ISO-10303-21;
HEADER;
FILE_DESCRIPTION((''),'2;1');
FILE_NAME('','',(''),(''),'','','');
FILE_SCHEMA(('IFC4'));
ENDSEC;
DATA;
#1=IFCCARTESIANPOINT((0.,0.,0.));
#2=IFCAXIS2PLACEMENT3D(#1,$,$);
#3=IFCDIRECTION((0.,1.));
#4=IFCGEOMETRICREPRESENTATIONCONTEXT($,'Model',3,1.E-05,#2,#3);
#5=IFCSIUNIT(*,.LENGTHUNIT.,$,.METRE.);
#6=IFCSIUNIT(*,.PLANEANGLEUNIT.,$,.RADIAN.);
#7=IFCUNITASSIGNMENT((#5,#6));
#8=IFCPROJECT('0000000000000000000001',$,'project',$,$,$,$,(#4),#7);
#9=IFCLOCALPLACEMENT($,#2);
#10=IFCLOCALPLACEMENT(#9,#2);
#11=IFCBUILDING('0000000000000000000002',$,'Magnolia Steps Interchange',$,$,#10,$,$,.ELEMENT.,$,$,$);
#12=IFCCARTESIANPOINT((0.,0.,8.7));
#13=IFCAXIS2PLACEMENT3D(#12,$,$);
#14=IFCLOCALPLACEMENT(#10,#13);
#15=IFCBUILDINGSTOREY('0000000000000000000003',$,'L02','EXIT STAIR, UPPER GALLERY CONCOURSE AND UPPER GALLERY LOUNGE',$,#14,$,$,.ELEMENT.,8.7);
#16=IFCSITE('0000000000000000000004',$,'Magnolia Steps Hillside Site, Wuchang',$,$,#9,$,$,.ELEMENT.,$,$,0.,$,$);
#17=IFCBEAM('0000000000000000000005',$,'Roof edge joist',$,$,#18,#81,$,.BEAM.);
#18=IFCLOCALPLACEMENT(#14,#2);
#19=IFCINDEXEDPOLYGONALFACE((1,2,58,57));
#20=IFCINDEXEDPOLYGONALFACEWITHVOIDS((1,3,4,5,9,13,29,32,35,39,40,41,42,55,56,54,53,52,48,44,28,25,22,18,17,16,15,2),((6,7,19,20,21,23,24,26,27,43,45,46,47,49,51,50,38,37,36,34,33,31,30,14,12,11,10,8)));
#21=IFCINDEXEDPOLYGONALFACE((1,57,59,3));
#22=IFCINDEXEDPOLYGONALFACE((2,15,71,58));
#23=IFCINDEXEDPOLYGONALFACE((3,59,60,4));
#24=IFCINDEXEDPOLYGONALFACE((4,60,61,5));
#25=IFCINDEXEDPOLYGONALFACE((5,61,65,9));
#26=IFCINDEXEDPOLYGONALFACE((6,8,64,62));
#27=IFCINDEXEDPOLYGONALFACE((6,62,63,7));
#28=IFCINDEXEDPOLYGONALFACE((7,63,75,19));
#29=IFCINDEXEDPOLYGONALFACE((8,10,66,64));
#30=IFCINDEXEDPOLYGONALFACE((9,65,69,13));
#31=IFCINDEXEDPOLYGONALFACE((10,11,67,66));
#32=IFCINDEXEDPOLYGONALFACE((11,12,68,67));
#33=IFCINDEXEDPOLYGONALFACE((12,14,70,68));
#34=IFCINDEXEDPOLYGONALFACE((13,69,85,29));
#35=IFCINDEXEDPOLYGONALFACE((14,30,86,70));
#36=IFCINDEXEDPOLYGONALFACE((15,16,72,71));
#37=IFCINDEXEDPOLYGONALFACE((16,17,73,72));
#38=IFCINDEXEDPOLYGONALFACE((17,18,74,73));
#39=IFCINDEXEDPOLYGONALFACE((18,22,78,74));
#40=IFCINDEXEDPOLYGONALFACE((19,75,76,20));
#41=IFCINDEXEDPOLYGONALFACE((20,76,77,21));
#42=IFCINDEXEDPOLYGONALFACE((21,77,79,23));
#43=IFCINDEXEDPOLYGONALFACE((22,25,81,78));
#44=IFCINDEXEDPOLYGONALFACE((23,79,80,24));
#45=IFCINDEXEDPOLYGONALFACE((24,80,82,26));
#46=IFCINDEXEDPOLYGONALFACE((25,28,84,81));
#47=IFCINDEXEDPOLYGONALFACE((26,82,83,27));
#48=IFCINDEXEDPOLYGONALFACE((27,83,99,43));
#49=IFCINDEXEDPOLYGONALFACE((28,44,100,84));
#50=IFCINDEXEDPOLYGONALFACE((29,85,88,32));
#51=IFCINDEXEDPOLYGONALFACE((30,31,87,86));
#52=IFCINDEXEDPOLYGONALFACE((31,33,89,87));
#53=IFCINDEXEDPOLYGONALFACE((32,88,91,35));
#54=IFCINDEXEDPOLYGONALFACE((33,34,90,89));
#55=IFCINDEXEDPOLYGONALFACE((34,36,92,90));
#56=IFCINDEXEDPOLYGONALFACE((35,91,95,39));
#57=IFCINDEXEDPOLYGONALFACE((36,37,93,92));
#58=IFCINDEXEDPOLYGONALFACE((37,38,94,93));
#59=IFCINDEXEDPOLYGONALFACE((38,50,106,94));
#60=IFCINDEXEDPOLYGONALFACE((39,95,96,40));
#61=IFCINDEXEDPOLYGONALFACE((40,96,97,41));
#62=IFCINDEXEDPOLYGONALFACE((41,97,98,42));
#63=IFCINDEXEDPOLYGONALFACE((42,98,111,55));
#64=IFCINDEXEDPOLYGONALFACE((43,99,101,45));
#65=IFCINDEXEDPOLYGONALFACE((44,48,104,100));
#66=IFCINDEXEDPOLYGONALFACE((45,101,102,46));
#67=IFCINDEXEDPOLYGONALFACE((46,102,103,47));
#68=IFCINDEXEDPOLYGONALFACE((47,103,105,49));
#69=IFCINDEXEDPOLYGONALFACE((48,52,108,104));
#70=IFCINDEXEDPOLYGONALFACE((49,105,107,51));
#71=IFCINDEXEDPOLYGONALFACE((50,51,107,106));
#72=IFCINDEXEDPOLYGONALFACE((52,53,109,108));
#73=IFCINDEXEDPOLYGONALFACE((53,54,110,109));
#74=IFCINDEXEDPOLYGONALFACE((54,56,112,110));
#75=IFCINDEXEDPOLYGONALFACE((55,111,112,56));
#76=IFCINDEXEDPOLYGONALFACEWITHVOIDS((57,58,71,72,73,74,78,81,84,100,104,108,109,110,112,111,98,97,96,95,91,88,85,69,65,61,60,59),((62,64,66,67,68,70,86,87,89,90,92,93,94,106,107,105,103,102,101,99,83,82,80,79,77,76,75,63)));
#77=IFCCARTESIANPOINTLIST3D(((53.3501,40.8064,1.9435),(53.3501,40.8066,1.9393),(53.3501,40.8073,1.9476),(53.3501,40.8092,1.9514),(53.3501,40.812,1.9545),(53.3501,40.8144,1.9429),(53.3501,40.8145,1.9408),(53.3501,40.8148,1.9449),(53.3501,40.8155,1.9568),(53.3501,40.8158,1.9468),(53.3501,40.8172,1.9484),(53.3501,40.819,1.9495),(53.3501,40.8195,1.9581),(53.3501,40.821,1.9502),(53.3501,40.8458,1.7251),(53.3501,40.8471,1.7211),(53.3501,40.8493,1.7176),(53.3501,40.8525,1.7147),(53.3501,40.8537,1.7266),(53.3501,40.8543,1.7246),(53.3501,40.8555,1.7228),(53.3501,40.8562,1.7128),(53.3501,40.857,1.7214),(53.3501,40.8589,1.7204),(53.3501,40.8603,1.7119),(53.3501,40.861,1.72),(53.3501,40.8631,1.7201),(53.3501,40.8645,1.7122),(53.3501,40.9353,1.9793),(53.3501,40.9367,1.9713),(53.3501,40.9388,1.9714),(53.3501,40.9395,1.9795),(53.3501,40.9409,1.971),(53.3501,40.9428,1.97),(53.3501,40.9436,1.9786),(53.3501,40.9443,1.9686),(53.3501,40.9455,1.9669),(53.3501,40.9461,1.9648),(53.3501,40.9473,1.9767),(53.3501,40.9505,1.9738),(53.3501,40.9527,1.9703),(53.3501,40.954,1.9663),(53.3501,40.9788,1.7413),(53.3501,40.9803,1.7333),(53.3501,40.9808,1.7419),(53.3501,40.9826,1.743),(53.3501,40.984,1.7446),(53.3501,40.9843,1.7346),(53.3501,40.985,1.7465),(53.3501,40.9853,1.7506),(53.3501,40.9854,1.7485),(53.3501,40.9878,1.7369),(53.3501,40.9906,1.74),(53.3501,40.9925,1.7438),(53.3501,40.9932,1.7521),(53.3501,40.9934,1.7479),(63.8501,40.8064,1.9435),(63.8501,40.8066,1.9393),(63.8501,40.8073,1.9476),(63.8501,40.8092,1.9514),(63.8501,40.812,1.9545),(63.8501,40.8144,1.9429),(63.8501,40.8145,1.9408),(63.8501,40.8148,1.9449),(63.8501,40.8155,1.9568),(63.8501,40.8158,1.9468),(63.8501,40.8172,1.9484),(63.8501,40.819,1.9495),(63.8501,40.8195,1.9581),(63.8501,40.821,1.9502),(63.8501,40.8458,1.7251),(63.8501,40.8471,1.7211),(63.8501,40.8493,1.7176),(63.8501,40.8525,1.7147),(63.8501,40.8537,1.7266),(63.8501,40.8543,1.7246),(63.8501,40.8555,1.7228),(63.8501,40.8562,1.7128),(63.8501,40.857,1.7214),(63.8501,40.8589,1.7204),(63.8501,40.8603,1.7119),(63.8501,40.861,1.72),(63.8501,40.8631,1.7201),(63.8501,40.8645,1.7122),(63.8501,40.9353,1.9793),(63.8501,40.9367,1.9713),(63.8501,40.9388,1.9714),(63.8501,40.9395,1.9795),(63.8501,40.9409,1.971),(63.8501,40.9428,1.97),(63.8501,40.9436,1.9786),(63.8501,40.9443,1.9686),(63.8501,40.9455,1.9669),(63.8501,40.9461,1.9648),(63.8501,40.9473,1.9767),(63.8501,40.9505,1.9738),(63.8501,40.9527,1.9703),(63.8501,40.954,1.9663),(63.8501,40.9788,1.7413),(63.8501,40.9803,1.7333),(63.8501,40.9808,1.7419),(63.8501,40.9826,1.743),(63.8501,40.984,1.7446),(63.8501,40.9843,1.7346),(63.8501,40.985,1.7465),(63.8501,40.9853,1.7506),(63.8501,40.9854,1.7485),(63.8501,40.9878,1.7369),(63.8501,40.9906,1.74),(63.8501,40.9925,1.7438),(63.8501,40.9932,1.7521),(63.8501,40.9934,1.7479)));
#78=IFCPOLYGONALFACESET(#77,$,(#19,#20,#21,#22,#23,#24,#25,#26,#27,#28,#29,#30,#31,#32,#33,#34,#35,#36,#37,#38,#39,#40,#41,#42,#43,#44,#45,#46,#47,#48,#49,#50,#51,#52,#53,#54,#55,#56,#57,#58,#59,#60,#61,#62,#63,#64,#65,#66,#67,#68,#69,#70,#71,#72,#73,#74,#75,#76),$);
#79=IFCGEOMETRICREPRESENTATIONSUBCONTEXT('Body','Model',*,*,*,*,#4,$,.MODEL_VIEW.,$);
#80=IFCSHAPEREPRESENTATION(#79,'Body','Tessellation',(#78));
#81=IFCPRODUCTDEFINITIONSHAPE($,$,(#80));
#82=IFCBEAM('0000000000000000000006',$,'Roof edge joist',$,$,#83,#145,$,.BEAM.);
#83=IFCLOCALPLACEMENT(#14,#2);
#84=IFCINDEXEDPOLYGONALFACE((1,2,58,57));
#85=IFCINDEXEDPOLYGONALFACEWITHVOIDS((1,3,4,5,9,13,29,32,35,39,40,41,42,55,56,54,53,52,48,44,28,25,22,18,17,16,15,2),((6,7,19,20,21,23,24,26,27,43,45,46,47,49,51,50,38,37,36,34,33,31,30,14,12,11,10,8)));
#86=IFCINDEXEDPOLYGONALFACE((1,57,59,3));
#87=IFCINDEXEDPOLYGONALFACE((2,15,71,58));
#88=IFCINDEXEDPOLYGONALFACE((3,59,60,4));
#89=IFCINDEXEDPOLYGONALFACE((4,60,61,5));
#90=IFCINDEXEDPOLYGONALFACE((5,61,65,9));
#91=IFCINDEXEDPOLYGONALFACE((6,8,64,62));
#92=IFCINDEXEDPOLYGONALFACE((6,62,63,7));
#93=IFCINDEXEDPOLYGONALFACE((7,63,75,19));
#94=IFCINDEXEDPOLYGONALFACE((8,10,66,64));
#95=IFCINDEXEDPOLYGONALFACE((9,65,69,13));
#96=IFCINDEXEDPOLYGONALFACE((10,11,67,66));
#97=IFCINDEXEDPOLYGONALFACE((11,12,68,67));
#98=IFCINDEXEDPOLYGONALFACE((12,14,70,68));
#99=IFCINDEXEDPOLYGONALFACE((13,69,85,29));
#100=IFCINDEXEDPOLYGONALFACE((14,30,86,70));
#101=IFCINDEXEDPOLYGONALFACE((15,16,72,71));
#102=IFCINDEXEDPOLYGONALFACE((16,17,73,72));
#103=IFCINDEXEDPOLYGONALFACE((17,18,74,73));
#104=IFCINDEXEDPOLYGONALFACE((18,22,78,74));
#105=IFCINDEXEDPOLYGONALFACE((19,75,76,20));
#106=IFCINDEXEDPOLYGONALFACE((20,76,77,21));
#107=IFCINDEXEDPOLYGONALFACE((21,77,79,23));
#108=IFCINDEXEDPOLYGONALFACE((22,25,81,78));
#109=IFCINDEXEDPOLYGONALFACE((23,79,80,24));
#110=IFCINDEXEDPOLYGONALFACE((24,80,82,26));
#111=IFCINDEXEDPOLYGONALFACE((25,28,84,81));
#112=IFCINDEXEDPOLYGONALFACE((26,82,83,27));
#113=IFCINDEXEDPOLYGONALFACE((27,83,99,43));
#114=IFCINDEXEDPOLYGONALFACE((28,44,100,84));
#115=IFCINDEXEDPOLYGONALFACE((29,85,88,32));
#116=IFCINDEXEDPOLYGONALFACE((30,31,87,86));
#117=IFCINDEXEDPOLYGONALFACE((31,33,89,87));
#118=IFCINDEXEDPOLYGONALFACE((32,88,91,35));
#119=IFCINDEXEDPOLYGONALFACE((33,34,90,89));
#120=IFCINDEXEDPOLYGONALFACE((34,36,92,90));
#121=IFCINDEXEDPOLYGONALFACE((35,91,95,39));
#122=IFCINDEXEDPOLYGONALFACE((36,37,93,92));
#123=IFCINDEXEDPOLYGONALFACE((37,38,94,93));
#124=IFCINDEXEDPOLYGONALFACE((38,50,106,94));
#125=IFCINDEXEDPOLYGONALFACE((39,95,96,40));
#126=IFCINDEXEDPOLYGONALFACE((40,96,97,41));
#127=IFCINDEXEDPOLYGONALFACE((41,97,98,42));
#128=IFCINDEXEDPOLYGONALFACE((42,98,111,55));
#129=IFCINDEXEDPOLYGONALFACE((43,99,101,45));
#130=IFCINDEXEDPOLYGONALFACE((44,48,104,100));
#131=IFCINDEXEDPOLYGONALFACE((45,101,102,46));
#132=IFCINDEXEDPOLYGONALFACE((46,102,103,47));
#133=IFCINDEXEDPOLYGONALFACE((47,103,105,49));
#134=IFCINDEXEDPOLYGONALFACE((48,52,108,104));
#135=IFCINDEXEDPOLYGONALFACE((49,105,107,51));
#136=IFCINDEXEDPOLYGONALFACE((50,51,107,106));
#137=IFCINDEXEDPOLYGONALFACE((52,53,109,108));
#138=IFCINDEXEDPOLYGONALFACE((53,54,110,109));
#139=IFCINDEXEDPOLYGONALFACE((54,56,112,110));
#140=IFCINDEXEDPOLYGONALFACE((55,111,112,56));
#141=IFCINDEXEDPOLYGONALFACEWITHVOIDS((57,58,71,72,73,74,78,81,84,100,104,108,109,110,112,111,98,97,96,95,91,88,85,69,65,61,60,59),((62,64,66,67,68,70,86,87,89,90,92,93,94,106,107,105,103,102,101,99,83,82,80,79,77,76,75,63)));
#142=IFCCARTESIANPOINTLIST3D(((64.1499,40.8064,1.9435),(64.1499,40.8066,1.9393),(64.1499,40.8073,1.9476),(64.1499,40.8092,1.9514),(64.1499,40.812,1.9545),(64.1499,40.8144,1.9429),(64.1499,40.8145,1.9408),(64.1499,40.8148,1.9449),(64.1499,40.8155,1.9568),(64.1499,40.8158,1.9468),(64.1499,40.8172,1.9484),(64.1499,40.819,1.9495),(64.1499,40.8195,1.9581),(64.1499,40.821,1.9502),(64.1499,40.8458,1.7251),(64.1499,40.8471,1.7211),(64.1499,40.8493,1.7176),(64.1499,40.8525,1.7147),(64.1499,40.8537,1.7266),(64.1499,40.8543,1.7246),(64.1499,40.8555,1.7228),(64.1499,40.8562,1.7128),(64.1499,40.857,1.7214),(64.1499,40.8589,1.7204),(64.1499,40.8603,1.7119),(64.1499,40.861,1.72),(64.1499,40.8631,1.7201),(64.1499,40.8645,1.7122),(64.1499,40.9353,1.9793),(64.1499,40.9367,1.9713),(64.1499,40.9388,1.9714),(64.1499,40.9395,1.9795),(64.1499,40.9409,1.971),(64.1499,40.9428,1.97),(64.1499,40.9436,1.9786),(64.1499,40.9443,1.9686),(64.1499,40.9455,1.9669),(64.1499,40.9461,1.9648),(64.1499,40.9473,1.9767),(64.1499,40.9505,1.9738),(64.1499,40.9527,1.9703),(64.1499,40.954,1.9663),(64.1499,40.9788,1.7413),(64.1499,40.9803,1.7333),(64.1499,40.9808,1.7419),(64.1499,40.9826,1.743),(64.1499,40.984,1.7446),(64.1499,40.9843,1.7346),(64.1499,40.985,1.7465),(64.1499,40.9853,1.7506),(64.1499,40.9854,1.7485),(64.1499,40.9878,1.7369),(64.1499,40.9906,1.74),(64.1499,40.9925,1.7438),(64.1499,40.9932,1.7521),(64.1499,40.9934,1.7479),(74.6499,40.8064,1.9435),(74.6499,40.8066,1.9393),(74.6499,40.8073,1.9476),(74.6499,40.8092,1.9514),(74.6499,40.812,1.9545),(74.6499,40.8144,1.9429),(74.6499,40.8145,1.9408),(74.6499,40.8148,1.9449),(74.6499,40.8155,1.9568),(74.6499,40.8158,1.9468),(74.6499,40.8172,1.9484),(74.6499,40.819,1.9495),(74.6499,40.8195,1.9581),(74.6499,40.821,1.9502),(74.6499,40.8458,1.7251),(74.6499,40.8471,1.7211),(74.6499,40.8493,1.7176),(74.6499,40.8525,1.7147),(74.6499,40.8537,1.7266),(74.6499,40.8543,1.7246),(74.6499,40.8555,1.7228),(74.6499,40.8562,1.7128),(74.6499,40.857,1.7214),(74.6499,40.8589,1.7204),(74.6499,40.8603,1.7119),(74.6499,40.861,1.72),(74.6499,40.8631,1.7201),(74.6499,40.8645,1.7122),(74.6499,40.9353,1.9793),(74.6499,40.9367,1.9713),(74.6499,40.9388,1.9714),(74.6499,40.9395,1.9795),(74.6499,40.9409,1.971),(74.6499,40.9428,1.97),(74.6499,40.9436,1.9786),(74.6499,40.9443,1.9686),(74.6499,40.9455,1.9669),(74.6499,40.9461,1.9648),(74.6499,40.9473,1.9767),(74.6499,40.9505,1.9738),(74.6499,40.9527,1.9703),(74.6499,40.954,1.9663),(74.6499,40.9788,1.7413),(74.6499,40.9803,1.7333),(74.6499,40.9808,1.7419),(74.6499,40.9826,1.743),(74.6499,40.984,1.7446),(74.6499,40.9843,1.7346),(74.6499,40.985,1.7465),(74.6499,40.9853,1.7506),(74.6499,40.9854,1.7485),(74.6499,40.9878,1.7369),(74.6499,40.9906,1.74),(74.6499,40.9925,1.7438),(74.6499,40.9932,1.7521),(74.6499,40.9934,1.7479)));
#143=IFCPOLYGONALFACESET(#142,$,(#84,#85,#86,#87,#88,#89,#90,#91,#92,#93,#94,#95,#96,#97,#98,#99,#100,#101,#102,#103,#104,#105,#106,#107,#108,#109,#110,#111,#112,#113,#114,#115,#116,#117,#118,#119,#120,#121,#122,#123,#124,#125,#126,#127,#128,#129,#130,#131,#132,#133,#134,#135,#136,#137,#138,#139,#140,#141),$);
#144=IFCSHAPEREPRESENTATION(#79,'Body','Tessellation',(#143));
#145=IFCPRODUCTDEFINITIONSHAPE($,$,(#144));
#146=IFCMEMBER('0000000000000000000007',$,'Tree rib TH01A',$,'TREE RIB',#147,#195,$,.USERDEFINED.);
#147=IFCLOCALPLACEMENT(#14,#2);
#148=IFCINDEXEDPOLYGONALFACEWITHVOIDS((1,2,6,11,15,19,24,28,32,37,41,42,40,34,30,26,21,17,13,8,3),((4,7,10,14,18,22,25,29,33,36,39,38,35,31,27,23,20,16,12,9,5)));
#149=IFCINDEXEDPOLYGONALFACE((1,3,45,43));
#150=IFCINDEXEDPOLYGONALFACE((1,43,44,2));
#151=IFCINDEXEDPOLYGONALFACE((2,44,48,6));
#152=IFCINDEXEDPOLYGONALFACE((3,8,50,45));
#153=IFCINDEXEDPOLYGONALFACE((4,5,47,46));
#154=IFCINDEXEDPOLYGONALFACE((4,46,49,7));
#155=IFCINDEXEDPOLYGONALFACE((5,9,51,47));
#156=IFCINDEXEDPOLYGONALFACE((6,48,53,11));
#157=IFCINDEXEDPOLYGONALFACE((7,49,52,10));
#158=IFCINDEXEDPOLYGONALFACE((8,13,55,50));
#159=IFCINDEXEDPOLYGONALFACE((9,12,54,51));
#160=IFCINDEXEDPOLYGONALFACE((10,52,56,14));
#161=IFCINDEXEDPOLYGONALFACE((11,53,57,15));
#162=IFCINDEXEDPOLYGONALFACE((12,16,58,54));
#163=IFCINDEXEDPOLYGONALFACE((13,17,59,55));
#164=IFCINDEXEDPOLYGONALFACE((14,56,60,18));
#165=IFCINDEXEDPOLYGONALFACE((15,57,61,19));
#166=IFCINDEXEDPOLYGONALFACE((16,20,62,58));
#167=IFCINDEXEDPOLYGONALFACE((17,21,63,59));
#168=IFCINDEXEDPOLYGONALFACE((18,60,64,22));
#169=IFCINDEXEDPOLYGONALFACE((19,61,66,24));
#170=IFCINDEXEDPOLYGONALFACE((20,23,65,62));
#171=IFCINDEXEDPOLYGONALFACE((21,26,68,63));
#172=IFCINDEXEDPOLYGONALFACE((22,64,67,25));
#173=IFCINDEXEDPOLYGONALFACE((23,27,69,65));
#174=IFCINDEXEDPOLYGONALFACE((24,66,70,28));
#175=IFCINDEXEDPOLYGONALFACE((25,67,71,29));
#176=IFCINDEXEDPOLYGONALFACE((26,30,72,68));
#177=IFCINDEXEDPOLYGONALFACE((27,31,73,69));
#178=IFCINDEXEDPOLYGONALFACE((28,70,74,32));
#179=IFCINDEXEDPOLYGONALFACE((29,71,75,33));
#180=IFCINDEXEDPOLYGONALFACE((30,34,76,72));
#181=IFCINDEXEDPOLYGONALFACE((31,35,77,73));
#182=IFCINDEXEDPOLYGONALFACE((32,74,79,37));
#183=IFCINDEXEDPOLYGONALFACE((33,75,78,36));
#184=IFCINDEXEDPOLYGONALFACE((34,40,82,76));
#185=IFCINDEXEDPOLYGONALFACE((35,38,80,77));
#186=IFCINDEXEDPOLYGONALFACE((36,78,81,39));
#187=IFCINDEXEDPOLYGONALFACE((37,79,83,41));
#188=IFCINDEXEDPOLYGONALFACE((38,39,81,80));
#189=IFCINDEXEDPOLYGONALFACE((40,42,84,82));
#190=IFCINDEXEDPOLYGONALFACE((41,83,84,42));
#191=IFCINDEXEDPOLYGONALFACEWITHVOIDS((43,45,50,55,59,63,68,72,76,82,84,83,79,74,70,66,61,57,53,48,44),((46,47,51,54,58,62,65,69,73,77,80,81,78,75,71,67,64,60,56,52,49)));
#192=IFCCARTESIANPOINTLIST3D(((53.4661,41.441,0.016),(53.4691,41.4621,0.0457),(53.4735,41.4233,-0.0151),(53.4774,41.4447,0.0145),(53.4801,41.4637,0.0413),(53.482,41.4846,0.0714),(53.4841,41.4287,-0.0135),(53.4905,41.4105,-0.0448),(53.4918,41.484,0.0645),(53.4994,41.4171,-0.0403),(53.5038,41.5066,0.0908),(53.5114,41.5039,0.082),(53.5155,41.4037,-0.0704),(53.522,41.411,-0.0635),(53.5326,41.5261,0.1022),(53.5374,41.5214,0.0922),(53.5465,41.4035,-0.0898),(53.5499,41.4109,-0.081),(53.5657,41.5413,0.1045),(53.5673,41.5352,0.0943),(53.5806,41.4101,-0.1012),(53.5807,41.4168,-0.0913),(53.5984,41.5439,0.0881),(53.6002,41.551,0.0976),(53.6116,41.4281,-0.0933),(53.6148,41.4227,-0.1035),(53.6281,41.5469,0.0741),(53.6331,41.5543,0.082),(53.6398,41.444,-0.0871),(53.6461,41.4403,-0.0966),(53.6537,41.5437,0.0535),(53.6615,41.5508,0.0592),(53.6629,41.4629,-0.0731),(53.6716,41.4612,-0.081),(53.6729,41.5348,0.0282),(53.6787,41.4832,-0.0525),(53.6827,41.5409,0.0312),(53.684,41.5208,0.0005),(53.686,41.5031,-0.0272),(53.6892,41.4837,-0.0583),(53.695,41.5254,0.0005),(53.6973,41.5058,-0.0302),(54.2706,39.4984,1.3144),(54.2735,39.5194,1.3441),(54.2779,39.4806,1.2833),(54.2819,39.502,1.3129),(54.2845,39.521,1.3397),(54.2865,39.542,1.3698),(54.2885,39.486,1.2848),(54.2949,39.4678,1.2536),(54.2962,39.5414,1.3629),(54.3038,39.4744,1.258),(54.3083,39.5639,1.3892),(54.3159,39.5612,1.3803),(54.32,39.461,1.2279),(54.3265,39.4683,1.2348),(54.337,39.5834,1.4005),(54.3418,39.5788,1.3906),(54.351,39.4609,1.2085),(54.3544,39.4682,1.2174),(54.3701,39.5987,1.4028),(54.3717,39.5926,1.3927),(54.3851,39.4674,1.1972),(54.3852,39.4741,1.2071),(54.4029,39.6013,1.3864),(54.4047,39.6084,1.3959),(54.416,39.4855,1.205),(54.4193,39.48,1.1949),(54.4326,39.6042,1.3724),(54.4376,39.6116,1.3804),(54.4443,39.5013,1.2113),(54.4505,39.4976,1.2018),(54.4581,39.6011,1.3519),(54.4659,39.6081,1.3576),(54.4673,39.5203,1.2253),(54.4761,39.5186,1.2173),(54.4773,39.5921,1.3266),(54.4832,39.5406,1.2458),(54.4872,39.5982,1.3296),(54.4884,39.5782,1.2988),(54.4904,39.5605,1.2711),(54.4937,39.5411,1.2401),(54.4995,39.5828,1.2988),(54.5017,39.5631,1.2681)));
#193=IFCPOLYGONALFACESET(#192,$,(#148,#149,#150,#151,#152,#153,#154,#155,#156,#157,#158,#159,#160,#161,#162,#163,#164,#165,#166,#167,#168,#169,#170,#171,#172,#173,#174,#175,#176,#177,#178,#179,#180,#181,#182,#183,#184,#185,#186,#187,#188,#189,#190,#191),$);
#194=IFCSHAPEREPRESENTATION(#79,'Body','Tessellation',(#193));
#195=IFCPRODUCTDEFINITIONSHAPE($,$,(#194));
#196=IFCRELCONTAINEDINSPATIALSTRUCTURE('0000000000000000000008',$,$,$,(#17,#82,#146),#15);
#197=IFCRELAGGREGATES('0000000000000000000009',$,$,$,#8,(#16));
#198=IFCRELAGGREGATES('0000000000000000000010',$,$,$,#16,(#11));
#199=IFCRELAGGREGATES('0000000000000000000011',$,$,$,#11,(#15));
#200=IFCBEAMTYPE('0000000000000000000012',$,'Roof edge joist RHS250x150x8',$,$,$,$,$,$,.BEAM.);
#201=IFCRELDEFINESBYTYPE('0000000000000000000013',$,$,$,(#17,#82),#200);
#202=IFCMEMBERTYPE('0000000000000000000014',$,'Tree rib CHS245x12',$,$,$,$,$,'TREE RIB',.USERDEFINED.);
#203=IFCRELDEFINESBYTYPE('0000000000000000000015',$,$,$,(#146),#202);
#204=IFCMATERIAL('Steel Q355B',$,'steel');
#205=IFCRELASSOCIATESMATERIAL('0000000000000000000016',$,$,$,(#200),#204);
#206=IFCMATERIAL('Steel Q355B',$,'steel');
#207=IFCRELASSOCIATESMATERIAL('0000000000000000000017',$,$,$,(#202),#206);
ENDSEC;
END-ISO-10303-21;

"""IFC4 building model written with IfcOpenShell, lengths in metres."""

from ifc_helpers import new_model, si_unit, direction, frame, origin, origin_2d, place, context, subcontext, project, spatial, hollow_rectangle, hollow_circle, extrude, material, material_profile, profile_set, type_object, element, save


model = new_model("IFC4")

# Units and contexts
model_context = context("Model", 3, precision=1e-05, world=origin(), true_north=direction((0.0, 1.0)))
body_context = subcontext(model_context, "Body", "Model", "MODEL_VIEW")
ifc_project = project(units=[si_unit("LENGTHUNIT", "METRE"), si_unit("PLANEANGLEUNIT", "RADIAN")], contexts=[model_context])

# Site, building, storey
site_placement = place(None, origin())
site = spatial("IfcSite", under=ifc_project, at=site_placement, Name="Magnolia Steps Hillside Site, Wuchang", CompositionType="ELEMENT", RefElevation=0.0)
building_placement = place(site_placement, origin())
building = spatial("IfcBuilding", under=site, at=building_placement, Name="Magnolia Steps Interchange", CompositionType="ELEMENT")
storey_placement = place(building_placement, frame((0.0, 0.0, 8.7)))
storey = spatial("IfcBuildingStorey", under=building, at=storey_placement, Name="L02", Description="EXIT STAIR, UPPER GALLERY CONCOURSE AND UPPER GALLERY LOUNGE", CompositionType="ELEMENT", Elevation=8.7)

# Beams
ifc_material_1 = material(Name="Steel Q355B", Category="steel")
ifc_material_profile_1 = material_profile(ifc_material_1, hollow_rectangle(XDim=0.1499, YDim=0.25, WallThickness=0.0081, InnerFilletRadius=0.0081, OuterFilletRadius=0.0161, at=origin_2d()), Name="RHS250x150x8")
ifc_profile_set_1 = profile_set([ifc_material_profile_1], Name="Steel Q355B")
beam_type_1 = type_object("IfcBeamType", Name="Roof edge joist RHS250x150x8", PredefinedType="BEAM", material=ifc_profile_set_1)
for number, where, z_axis, x_axis, name in (
    (1, (53.3501, 40.8999, 1.8457), (1.0, 0.0, 0.0), (0.0, 0.983677, 0.179941), "Roof edge joist"),
    (2, (64.1499, 40.8999, 1.8457), (1.0, 0.0, 0.0), (0.0, 0.983677, 0.179941), "Roof edge joist"),
):
    element("IfcBeam", number, at=place(storey_placement, frame(where, z_axis=z_axis, x_axis=x_axis)), inside=storey, type_object=beam_type_1, Name=name, PredefinedType="BEAM", context=body_context, shape_type="SweptSolid", body=[
        extrude(hollow_rectangle(XDim=0.1499, YDim=0.25, WallThickness=0.0081, InnerFilletRadius=0.0081, OuterFilletRadius=0.0161, at=origin_2d()), origin(), (0.0, 0.0, 1.0), 10.5),
    ])

# Member
ifc_material_2 = material(Name="Steel Q355B", Category="steel")
ifc_material_profile_2 = material_profile(ifc_material_2, hollow_circle(Radius=0.1226, WallThickness=0.012, at=origin_2d()), Name="CHS245x12")
ifc_profile_set_2 = profile_set([ifc_material_profile_2], Name="Steel Q355B")
member_type = type_object("IfcMemberType", Name="Tree rib CHS245x12", ElementType="TREE RIB", PredefinedType="USERDEFINED", material=ifc_profile_set_2)
member_1_placement = place(storey_placement, frame((53.5818, 41.4785, 0.0005), z_axis=(0.325533, -0.786121, 0.525398), x_axis=(0.923916, 0.382594, 0.0)))
element("IfcMember", 3, at=member_1_placement, inside=storey, type_object=member_type, Name="Tree rib TH01A", ObjectType="TREE RIB", PredefinedType="USERDEFINED", context=body_context, shape_type="SweptSolid", body=[
    extrude(hollow_circle(Radius=0.1226, WallThickness=0.012, at=origin_2d()), origin(), (0.0, 0.0, 1.0), 2.4712),
])

save(model, "model.ifc")
